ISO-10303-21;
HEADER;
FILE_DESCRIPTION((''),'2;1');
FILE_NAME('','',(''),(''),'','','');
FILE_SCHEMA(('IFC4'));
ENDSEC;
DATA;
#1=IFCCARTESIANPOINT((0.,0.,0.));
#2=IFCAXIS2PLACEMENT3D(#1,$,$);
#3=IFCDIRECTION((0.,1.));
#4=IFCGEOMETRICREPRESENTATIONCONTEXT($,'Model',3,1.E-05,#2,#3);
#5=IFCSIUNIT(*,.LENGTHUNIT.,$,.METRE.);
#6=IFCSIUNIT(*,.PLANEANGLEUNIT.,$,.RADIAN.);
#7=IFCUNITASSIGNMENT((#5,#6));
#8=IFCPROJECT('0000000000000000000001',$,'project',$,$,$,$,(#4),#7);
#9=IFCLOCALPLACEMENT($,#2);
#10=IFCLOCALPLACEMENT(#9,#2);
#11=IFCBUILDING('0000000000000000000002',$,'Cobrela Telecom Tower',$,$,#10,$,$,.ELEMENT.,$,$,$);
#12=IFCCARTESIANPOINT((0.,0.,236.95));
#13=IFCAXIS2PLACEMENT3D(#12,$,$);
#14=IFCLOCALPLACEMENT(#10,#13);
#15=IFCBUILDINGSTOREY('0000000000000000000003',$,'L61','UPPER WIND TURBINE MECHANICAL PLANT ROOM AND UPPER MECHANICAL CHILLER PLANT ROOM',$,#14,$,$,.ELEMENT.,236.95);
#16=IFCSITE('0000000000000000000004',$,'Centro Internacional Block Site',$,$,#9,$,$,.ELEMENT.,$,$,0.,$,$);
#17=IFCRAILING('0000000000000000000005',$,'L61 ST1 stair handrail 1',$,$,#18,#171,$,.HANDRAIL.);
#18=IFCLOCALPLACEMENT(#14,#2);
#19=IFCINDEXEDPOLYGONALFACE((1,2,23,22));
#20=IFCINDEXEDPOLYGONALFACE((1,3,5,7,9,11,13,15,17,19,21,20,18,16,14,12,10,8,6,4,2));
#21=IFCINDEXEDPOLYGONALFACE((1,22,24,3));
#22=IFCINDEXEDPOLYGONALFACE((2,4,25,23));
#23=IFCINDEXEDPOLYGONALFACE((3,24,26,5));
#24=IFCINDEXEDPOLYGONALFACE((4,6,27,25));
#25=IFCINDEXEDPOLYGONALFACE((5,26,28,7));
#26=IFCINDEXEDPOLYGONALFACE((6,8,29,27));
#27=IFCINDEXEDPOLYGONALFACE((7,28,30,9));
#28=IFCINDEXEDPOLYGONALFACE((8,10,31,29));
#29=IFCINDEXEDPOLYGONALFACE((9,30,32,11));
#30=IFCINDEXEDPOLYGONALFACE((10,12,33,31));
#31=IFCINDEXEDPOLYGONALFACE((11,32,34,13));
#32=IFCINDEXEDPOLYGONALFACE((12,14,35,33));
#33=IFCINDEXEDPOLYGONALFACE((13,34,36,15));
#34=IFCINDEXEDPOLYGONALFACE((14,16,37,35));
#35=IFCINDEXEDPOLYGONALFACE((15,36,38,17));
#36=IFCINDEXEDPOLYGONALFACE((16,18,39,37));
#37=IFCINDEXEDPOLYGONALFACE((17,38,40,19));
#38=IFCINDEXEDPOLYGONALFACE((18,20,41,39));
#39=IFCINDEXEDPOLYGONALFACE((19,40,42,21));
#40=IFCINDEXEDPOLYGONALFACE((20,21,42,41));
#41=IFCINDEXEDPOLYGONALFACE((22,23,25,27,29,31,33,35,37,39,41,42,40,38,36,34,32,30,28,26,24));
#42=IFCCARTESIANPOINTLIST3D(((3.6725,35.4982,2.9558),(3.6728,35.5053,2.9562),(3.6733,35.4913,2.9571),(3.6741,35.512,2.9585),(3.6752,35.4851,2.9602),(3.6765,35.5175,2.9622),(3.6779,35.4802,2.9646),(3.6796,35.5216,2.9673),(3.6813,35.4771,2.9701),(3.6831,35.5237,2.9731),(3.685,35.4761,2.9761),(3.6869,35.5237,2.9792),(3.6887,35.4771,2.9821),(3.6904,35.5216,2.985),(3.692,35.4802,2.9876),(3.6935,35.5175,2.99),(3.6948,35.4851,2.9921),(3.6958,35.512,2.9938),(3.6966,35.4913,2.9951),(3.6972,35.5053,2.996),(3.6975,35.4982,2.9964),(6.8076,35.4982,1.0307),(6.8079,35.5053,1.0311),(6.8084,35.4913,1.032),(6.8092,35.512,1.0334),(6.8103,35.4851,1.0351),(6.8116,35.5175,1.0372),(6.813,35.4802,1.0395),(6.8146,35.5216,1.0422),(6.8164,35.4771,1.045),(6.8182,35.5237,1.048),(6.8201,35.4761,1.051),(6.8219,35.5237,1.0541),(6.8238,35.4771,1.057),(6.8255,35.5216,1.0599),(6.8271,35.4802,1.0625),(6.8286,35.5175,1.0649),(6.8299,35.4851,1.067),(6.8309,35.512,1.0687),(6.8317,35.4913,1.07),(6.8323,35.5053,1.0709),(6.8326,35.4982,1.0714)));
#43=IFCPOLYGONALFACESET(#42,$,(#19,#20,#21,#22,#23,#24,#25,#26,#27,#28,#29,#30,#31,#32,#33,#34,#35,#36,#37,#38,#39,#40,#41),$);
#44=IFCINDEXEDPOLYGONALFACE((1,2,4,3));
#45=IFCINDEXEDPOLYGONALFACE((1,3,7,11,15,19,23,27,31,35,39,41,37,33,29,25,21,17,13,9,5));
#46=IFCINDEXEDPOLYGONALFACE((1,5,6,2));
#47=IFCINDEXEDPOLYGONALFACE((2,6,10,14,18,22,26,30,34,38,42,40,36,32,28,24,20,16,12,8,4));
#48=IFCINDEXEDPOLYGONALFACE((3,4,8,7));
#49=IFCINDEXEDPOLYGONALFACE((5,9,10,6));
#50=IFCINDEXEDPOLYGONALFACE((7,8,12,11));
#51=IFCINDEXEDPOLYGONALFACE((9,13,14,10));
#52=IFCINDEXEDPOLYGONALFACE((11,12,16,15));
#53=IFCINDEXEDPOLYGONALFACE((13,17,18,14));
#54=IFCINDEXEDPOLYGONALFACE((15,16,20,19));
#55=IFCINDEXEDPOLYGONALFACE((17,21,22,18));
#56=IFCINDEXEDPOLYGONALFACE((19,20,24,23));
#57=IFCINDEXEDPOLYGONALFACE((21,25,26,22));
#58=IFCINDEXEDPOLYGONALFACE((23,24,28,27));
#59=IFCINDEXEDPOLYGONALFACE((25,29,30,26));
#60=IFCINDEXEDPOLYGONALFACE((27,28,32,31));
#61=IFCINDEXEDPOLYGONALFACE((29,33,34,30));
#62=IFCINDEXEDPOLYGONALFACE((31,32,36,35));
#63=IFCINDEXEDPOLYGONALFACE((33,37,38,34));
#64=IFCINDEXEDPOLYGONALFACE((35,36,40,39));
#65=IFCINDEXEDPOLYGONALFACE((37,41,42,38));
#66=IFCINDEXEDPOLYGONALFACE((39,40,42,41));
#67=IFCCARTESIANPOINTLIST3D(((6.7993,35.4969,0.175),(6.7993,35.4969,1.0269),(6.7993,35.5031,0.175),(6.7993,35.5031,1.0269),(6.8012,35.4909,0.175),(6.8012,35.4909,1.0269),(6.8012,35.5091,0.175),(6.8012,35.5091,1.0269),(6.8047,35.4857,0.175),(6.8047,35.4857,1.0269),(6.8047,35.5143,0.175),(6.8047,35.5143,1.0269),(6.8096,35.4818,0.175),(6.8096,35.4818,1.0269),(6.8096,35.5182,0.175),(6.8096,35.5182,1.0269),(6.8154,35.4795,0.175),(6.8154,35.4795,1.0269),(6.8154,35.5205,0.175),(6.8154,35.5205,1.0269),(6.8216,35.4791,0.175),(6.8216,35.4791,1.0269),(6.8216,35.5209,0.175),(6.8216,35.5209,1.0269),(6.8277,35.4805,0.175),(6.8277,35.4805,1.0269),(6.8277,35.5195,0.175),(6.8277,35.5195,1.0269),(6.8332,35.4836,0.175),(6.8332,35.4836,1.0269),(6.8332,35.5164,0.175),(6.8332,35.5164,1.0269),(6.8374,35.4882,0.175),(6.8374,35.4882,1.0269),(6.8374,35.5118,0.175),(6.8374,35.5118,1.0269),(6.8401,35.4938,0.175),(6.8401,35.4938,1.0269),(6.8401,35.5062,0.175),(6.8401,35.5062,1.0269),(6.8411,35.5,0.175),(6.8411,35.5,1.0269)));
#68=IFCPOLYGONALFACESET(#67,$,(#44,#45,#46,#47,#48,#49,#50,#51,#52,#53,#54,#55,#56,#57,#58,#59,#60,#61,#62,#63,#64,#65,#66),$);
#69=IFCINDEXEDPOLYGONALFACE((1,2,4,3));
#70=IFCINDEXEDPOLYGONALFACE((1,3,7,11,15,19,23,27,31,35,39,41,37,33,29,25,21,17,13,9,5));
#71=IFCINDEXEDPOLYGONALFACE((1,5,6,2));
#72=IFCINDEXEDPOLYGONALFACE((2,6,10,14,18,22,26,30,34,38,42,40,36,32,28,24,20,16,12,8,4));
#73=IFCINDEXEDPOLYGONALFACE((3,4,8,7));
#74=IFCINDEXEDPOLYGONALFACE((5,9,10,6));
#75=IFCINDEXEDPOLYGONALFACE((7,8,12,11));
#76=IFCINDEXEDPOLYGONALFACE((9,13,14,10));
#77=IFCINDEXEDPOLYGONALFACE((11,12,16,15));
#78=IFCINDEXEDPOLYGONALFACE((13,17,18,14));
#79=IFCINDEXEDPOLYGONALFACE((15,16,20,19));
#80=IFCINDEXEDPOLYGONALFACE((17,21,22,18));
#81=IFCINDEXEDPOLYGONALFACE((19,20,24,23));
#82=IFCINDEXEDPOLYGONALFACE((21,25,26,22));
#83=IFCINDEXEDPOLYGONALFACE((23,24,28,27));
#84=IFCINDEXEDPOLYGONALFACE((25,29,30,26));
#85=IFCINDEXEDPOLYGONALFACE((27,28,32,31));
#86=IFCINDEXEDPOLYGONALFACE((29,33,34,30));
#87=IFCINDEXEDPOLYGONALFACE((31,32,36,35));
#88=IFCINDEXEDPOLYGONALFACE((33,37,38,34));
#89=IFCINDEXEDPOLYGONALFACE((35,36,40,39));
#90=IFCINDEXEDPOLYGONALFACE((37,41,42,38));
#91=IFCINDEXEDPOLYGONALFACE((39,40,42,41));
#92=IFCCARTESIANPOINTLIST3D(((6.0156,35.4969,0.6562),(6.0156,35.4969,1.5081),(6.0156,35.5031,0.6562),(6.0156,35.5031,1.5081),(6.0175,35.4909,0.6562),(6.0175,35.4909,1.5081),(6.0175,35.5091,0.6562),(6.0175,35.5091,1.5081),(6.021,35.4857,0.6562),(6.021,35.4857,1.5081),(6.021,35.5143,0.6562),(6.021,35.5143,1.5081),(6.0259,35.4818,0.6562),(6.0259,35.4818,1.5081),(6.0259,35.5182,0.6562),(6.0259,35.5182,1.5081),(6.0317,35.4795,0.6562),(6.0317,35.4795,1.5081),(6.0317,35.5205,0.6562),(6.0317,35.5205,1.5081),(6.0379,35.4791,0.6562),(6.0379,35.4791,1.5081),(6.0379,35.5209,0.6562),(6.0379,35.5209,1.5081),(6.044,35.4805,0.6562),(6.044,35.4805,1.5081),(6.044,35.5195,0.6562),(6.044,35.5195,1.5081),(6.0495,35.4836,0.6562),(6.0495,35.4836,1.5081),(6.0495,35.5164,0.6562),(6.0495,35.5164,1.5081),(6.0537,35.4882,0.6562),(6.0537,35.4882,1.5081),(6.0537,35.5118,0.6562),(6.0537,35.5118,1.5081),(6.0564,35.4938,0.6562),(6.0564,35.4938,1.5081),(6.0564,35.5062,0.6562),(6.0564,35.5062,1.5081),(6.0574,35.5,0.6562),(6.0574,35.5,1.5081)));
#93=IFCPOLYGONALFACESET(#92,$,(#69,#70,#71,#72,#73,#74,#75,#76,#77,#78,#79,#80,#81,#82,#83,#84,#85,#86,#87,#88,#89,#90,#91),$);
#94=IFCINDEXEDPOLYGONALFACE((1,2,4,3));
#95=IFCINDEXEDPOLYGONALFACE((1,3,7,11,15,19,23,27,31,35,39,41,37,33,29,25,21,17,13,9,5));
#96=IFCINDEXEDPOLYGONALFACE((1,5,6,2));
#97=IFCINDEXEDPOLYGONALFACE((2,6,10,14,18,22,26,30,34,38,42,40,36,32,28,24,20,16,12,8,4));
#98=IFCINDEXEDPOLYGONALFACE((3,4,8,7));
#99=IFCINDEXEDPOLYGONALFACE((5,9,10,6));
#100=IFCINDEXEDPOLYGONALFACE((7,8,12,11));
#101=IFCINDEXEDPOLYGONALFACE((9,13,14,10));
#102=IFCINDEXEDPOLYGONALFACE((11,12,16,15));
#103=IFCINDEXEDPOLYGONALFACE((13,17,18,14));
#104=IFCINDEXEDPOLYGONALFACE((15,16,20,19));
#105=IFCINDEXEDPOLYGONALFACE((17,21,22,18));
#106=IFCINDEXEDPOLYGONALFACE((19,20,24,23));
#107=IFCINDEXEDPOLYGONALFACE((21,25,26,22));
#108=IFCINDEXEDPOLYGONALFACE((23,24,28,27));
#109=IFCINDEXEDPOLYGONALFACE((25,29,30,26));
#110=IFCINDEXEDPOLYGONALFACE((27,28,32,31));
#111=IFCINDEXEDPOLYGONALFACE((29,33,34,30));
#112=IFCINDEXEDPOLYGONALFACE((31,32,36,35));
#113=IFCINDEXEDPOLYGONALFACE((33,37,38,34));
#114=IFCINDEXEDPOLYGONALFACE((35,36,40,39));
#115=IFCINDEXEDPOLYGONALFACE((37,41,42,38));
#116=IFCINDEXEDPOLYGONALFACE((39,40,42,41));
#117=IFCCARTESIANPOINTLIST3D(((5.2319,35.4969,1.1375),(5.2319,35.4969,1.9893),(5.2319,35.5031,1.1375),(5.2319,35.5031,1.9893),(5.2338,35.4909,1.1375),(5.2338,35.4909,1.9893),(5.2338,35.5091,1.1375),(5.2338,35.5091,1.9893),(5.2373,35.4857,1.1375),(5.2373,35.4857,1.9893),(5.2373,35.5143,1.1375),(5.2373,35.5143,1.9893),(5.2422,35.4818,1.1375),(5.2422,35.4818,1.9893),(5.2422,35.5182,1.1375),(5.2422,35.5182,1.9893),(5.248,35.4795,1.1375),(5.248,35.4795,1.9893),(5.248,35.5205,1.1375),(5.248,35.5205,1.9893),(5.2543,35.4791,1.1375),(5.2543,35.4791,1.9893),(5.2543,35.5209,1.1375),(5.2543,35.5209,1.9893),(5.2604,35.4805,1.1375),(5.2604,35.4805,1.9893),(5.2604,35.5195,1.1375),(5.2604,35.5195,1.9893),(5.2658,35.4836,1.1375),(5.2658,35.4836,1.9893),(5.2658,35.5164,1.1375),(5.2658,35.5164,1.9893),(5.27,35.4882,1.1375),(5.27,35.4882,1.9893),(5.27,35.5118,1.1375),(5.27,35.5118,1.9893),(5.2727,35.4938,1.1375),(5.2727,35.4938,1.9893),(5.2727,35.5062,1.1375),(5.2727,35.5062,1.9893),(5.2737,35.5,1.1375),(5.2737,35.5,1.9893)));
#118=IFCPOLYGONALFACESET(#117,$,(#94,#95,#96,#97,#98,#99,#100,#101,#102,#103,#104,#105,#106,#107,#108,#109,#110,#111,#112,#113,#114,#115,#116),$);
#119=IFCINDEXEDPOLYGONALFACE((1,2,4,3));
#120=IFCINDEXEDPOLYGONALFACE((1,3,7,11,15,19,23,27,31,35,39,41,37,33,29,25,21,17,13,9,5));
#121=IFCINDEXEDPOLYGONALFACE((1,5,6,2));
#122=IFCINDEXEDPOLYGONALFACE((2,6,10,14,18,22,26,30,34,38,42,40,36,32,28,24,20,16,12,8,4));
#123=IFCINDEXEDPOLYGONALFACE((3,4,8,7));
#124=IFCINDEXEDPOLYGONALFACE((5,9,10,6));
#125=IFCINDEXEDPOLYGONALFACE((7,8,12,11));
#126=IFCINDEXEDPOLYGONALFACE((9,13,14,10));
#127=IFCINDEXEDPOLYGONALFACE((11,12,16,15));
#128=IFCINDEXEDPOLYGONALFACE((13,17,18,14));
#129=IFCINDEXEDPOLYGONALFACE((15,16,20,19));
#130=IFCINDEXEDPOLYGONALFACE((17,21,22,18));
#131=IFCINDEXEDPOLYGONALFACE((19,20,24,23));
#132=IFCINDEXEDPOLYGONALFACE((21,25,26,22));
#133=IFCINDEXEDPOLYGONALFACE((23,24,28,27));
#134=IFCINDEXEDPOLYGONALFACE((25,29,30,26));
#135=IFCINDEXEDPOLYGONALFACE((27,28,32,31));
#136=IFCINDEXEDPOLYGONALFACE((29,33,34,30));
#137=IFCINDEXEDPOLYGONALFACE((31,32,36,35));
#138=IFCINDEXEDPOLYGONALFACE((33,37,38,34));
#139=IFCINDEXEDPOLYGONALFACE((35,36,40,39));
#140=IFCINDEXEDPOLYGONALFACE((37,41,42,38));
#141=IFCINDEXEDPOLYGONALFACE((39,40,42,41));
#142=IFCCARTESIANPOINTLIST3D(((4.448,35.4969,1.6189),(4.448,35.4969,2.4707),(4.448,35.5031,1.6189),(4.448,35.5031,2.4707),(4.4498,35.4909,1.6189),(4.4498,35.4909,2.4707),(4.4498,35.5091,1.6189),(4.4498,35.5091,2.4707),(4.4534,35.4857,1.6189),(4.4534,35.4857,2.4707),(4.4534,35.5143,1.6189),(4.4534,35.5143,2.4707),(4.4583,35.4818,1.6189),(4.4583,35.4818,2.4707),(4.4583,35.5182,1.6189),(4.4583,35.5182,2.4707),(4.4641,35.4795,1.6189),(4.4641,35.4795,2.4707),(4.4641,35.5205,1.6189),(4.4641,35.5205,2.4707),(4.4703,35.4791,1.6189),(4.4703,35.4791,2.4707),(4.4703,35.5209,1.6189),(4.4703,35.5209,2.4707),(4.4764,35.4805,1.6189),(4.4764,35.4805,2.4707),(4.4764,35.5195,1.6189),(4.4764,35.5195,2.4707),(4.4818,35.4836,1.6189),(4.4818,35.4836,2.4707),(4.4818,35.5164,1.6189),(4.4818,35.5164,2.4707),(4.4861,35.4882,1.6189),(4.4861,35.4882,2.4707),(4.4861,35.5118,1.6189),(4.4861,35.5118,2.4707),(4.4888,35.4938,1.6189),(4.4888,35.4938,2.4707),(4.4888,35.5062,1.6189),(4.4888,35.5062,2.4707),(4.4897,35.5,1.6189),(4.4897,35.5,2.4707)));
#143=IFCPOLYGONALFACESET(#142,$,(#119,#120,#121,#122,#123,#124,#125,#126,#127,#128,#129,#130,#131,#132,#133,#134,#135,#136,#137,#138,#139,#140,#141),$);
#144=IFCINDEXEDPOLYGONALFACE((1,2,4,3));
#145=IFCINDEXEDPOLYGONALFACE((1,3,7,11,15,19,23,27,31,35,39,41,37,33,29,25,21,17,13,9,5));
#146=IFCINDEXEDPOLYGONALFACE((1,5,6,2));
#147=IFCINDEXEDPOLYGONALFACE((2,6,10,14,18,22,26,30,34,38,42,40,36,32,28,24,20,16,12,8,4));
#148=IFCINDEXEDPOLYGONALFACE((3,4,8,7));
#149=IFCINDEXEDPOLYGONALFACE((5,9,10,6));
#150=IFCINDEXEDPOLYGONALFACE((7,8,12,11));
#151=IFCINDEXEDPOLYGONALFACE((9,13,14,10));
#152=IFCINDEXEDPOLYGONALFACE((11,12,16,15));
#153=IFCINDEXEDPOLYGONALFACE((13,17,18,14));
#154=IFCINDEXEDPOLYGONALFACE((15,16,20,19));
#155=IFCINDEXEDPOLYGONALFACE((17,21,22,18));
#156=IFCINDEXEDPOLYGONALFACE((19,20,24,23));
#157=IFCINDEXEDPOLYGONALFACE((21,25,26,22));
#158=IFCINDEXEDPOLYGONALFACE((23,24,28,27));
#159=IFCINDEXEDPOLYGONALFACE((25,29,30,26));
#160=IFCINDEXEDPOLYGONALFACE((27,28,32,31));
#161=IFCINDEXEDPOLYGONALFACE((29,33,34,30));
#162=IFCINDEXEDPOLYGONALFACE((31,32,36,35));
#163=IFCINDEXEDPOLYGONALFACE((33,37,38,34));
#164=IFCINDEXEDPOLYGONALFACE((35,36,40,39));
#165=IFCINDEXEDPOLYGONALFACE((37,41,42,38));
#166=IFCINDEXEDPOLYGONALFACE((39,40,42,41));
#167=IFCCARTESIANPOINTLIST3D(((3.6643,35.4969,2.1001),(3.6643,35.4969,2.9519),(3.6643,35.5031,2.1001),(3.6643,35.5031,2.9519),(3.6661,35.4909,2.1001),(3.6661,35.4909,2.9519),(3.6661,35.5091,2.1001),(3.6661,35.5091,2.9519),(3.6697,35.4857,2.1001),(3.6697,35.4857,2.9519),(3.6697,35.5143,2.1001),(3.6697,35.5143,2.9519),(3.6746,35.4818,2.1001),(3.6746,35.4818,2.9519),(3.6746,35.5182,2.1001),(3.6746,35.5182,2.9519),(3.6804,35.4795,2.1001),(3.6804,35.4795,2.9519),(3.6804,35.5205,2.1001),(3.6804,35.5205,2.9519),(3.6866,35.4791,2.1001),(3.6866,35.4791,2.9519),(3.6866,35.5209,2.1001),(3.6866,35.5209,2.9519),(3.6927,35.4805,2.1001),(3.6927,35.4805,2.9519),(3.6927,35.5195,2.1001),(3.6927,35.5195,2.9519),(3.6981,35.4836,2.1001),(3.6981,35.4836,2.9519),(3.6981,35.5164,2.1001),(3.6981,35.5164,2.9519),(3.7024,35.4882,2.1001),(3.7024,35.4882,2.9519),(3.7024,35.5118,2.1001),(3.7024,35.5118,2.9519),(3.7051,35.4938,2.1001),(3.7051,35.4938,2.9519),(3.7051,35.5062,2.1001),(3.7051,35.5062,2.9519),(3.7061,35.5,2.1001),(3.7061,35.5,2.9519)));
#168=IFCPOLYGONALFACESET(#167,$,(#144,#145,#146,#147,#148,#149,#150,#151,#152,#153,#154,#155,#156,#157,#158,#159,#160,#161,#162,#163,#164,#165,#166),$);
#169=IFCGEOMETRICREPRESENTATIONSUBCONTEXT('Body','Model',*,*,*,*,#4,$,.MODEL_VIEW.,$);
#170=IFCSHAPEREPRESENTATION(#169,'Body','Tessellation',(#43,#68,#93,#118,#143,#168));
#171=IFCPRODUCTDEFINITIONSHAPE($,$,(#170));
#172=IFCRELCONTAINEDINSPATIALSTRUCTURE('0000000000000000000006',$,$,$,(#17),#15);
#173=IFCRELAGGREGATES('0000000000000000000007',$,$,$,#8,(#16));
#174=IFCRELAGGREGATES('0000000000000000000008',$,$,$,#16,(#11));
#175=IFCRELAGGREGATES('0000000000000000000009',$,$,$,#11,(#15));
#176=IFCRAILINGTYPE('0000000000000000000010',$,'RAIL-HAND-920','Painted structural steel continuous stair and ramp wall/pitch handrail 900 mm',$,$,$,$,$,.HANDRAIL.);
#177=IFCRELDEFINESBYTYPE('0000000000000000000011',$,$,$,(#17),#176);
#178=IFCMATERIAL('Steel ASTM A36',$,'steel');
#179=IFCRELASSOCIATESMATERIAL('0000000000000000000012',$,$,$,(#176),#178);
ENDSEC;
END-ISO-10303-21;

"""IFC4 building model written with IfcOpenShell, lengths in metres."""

from ifc_helpers import new_model, si_unit, direction, frame, origin, origin_2d, place, context, subcontext, project, spatial, circle, extrude, material, type_object, element, save


model = new_model("IFC4")

# Units and contexts
model_context = context("Model", 3, precision=1e-05, world=origin(), true_north=direction((0.0, 1.0)))
body_context = subcontext(model_context, "Body", "Model", "MODEL_VIEW")
ifc_project = project(units=[si_unit("LENGTHUNIT", "METRE"), si_unit("PLANEANGLEUNIT", "RADIAN")], contexts=[model_context])

# Site, building, storey
site_placement = place(None, origin())
site = spatial("IfcSite", under=ifc_project, at=site_placement, Name="Centro Internacional Block Site", CompositionType="ELEMENT", RefElevation=0.0)
building_placement = place(site_placement, origin())
building = spatial("IfcBuilding", under=site, at=building_placement, Name="Cobrela Telecom Tower", CompositionType="ELEMENT")
storey_placement = place(building_placement, frame((0.0, 0.0, 236.95)))
storey = spatial("IfcBuildingStorey", under=building, at=storey_placement, Name="L61", Description="UPPER WIND TURBINE MECHANICAL PLANT ROOM AND UPPER MECHANICAL CHILLER PLANT ROOM", CompositionType="ELEMENT", Elevation=236.95)

# Shared definitions
ifc_material_1 = material(Name="Steel ASTM A36", Category="steel")

# Railing
railing_type_1 = type_object("IfcRailingType", Name="RAIL-HAND-920", Description="Painted structural steel continuous stair and ramp wall/pitch handrail 900 mm", PredefinedType="HANDRAIL", material=ifc_material_1)
railing_1_placement = place(storey_placement, frame((6.8201, 35.5, 0.175)))
element("IfcRailing", 1, at=railing_1_placement, inside=storey, type_object=railing_type_1, Name="L61 ST1 stair handrail 1", PredefinedType="HANDRAIL", context=body_context, shape_type="SweptSolid", body=[
    extrude(circle(Radius=0.0239, at=origin_2d()), frame((0.0, 0.0, 0.876), z_axis=(-0.852166, 0.0, 0.523271), x_axis=(0.0, -1.0, 0.0)), (0.0, 0.0, 1.0), 3.679),
    extrude(circle(Radius=0.021, at=origin_2d()), origin(), (0.0, 0.0, 1.0), 0.8518),
    extrude(circle(Radius=0.021, at=origin_2d()), frame((-0.7837, 0.0, 0.4812)), (0.0, 0.0, 1.0), 0.8518),
    extrude(circle(Radius=0.021, at=origin_2d()), frame((-1.5674, 0.0, 0.9624)), (0.0, 0.0, 1.0), 0.8518),
    extrude(circle(Radius=0.021, at=origin_2d()), frame((-2.3513, 0.0, 1.4438)), (0.0, 0.0, 1.0), 0.8518),
    extrude(circle(Radius=0.021, at=origin_2d()), frame((-3.135, 0.0, 1.925)), (0.0, 0.0, 1.0), 0.8518),
])

save(model, "model.ifc")
